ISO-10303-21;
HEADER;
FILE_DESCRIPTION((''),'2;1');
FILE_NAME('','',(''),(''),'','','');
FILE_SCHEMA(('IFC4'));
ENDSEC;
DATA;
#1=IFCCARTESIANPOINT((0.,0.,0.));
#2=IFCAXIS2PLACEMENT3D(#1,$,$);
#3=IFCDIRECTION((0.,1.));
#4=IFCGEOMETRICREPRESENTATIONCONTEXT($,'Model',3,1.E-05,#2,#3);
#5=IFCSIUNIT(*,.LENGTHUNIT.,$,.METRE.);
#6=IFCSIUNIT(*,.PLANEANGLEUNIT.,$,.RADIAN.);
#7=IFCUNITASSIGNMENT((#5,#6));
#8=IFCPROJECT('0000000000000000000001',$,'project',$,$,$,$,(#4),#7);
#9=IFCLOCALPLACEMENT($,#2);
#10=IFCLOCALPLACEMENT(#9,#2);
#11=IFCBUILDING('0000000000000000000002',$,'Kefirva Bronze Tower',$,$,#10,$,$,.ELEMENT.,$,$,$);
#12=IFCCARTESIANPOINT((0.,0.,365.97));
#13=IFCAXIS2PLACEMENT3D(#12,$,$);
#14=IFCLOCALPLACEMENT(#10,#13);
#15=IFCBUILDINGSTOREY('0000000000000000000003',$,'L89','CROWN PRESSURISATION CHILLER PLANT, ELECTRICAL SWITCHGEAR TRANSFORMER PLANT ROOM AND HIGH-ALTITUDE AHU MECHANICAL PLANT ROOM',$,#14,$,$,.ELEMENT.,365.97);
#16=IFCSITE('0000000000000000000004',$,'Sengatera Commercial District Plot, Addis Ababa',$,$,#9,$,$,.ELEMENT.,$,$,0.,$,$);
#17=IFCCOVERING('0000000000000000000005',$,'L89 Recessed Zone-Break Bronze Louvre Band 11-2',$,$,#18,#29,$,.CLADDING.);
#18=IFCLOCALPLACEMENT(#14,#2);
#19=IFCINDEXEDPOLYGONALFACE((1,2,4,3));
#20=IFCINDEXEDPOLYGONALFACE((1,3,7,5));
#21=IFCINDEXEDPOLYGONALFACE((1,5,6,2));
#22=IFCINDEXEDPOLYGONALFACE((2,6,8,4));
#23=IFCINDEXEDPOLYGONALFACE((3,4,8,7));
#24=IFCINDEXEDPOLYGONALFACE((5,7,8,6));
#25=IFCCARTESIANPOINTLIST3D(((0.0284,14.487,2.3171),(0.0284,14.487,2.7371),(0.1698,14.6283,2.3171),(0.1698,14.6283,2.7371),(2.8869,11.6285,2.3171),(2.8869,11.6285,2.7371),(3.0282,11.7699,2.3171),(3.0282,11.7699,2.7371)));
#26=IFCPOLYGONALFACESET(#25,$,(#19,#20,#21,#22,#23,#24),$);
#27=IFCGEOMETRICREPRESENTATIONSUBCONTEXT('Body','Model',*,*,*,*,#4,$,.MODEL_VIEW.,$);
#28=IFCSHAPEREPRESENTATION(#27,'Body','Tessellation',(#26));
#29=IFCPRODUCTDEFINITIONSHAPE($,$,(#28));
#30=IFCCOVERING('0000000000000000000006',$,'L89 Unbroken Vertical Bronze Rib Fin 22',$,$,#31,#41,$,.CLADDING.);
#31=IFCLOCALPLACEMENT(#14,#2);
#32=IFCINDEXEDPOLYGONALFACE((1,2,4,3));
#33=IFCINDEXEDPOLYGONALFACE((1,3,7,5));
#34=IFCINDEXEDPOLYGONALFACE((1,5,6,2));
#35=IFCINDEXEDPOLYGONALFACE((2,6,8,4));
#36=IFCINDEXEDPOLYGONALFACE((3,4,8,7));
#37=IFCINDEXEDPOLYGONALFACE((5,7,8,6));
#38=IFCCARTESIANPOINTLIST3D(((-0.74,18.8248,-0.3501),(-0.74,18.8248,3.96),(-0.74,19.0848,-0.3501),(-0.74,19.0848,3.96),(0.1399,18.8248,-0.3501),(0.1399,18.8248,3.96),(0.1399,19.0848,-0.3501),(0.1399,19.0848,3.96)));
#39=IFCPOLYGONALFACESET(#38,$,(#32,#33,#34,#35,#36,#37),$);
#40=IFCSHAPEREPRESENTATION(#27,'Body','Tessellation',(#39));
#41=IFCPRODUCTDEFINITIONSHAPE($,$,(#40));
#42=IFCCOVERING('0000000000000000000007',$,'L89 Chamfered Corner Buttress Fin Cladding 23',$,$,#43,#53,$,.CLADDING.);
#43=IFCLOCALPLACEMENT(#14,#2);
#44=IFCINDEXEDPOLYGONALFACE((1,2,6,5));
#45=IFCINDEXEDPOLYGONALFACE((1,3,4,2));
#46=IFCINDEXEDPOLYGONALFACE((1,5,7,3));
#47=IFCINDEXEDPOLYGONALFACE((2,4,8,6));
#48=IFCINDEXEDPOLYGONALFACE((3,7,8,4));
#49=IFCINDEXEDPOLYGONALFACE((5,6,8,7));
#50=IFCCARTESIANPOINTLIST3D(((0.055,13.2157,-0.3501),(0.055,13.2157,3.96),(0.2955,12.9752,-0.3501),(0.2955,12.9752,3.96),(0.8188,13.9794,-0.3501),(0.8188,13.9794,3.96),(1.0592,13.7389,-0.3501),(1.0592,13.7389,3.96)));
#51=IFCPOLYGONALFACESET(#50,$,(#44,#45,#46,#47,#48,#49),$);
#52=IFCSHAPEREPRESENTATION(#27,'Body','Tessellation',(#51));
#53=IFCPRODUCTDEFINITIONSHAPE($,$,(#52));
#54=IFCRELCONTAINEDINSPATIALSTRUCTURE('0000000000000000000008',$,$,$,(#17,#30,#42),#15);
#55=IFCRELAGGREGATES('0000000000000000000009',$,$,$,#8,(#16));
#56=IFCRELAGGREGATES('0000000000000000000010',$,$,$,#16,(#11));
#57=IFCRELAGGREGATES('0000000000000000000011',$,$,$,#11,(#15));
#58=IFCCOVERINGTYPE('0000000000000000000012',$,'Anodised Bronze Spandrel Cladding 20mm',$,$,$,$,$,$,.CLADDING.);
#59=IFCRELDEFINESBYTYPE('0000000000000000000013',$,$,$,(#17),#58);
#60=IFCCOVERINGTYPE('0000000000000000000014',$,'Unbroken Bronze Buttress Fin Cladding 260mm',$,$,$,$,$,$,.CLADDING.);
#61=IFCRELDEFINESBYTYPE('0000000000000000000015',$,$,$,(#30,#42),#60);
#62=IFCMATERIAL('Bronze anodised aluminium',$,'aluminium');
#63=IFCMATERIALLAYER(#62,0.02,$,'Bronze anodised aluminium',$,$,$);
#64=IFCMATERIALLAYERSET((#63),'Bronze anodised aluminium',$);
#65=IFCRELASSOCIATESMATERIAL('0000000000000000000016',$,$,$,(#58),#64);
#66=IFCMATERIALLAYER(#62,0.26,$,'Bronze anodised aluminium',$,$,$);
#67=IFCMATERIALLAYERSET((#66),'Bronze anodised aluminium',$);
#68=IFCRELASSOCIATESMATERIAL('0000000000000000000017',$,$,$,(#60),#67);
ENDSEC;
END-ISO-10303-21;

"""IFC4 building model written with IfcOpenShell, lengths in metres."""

from ifc_helpers import new_model, si_unit, direction, frame, origin, origin_2d, place, context, subcontext, project, spatial, rectangle, extrude, material, layer, layer_set, type_object, element, save


model = new_model("IFC4")

# Units and contexts
model_context = context("Model", 3, precision=1e-05, world=origin(), true_north=direction((0.0, 1.0)))
body_context = subcontext(model_context, "Body", "Model", "MODEL_VIEW")
ifc_project = project(units=[si_unit("LENGTHUNIT", "METRE"), si_unit("PLANEANGLEUNIT", "RADIAN")], contexts=[model_context])

# Site, building, storey
site_placement = place(None, origin())
site = spatial("IfcSite", under=ifc_project, at=site_placement, Name="Sengatera Commercial District Plot, Addis Ababa", CompositionType="ELEMENT", RefElevation=0.0)
building_placement = place(site_placement, origin())
building = spatial("IfcBuilding", under=site, at=building_placement, Name="Kefirva Bronze Tower", CompositionType="ELEMENT")
storey_placement = place(building_placement, frame((0.0, 0.0, 365.97)))
storey = spatial("IfcBuildingStorey", under=building, at=storey_placement, Name="L89", Description="CROWN PRESSURISATION CHILLER PLANT, ELECTRICAL SWITCHGEAR TRANSFORMER PLANT ROOM AND HIGH-ALTITUDE AHU MECHANICAL PLANT ROOM", CompositionType="ELEMENT", Elevation=365.97)

# Shared definitions
ifc_material_1 = material(Name="Bronze anodised aluminium", Category="aluminium")

# Coverings
ifc_layer_1 = layer(ifc_material_1, 0.02, Name="Bronze anodised aluminium")
ifc_layer_set_1 = layer_set([ifc_layer_1], Name="Bronze anodised aluminium")
covering_type_1 = type_object("IfcCoveringType", Name="Anodised Bronze Spandrel Cladding 20mm", PredefinedType="CLADDING", material=ifc_layer_set_1)
for number, where, z_axis, x_axis, name in (
    (1, (1.5283, 13.1284, 2.3171), (0.0, 0.0, 1.0), (0.707107, -0.707107, 0.0), "L89 Recessed Zone-Break Bronze Louvre Band 11-2"),
):
    element("IfcCovering", number, at=place(storey_placement, frame(where, z_axis=z_axis, x_axis=x_axis)), inside=storey, type_object=covering_type_1, Name=name, PredefinedType="CLADDING", context=body_context, shape_type="SweptSolid", body=[
        extrude(rectangle(XDim=4.0425, YDim=0.2, at=origin_2d()), origin(), (0.0, 0.0, 1.0), 0.4199),
    ])
ifc_layer_2 = layer(ifc_material_1, 0.26, Name="Bronze anodised aluminium")
ifc_layer_set_2 = layer_set([ifc_layer_2], Name="Bronze anodised aluminium")
covering_type_2 = type_object("IfcCoveringType", Name="Unbroken Bronze Buttress Fin Cladding 260mm", PredefinedType="CLADDING", material=ifc_layer_set_2)
covering_1_placement = place(storey_placement, frame((-0.3, 18.9548, -0.3501), z_axis=(0.0, 0.0, 1.0), x_axis=(0.0, -1.0, 0.0)))
element("IfcCovering", 2, at=covering_1_placement, inside=storey, type_object=covering_type_2, Name="L89 Unbroken Vertical Bronze Rib Fin 22", PredefinedType="CLADDING", context=body_context, shape_type="SweptSolid", body=[
    extrude(rectangle(XDim=0.26, YDim=0.8799, at=origin_2d()), origin(), (0.0, 0.0, 1.0), 4.3101),
])
covering_2_placement = place(storey_placement, frame((0.5571, 13.4773, -0.3501), z_axis=(0.0, 0.0, 1.0), x_axis=(0.707107, -0.707107, 0.0)))
element("IfcCovering", 3, at=covering_2_placement, inside=storey, type_object=covering_type_2, Name="L89 Chamfered Corner Buttress Fin Cladding 23", PredefinedType="CLADDING", context=body_context, shape_type="SweptSolid", body=[
    extrude(rectangle(XDim=0.3401, YDim=1.0801, at=origin_2d()), origin(), (0.0, 0.0, 1.0), 4.3101),
])

save(model, "model.ifc")
